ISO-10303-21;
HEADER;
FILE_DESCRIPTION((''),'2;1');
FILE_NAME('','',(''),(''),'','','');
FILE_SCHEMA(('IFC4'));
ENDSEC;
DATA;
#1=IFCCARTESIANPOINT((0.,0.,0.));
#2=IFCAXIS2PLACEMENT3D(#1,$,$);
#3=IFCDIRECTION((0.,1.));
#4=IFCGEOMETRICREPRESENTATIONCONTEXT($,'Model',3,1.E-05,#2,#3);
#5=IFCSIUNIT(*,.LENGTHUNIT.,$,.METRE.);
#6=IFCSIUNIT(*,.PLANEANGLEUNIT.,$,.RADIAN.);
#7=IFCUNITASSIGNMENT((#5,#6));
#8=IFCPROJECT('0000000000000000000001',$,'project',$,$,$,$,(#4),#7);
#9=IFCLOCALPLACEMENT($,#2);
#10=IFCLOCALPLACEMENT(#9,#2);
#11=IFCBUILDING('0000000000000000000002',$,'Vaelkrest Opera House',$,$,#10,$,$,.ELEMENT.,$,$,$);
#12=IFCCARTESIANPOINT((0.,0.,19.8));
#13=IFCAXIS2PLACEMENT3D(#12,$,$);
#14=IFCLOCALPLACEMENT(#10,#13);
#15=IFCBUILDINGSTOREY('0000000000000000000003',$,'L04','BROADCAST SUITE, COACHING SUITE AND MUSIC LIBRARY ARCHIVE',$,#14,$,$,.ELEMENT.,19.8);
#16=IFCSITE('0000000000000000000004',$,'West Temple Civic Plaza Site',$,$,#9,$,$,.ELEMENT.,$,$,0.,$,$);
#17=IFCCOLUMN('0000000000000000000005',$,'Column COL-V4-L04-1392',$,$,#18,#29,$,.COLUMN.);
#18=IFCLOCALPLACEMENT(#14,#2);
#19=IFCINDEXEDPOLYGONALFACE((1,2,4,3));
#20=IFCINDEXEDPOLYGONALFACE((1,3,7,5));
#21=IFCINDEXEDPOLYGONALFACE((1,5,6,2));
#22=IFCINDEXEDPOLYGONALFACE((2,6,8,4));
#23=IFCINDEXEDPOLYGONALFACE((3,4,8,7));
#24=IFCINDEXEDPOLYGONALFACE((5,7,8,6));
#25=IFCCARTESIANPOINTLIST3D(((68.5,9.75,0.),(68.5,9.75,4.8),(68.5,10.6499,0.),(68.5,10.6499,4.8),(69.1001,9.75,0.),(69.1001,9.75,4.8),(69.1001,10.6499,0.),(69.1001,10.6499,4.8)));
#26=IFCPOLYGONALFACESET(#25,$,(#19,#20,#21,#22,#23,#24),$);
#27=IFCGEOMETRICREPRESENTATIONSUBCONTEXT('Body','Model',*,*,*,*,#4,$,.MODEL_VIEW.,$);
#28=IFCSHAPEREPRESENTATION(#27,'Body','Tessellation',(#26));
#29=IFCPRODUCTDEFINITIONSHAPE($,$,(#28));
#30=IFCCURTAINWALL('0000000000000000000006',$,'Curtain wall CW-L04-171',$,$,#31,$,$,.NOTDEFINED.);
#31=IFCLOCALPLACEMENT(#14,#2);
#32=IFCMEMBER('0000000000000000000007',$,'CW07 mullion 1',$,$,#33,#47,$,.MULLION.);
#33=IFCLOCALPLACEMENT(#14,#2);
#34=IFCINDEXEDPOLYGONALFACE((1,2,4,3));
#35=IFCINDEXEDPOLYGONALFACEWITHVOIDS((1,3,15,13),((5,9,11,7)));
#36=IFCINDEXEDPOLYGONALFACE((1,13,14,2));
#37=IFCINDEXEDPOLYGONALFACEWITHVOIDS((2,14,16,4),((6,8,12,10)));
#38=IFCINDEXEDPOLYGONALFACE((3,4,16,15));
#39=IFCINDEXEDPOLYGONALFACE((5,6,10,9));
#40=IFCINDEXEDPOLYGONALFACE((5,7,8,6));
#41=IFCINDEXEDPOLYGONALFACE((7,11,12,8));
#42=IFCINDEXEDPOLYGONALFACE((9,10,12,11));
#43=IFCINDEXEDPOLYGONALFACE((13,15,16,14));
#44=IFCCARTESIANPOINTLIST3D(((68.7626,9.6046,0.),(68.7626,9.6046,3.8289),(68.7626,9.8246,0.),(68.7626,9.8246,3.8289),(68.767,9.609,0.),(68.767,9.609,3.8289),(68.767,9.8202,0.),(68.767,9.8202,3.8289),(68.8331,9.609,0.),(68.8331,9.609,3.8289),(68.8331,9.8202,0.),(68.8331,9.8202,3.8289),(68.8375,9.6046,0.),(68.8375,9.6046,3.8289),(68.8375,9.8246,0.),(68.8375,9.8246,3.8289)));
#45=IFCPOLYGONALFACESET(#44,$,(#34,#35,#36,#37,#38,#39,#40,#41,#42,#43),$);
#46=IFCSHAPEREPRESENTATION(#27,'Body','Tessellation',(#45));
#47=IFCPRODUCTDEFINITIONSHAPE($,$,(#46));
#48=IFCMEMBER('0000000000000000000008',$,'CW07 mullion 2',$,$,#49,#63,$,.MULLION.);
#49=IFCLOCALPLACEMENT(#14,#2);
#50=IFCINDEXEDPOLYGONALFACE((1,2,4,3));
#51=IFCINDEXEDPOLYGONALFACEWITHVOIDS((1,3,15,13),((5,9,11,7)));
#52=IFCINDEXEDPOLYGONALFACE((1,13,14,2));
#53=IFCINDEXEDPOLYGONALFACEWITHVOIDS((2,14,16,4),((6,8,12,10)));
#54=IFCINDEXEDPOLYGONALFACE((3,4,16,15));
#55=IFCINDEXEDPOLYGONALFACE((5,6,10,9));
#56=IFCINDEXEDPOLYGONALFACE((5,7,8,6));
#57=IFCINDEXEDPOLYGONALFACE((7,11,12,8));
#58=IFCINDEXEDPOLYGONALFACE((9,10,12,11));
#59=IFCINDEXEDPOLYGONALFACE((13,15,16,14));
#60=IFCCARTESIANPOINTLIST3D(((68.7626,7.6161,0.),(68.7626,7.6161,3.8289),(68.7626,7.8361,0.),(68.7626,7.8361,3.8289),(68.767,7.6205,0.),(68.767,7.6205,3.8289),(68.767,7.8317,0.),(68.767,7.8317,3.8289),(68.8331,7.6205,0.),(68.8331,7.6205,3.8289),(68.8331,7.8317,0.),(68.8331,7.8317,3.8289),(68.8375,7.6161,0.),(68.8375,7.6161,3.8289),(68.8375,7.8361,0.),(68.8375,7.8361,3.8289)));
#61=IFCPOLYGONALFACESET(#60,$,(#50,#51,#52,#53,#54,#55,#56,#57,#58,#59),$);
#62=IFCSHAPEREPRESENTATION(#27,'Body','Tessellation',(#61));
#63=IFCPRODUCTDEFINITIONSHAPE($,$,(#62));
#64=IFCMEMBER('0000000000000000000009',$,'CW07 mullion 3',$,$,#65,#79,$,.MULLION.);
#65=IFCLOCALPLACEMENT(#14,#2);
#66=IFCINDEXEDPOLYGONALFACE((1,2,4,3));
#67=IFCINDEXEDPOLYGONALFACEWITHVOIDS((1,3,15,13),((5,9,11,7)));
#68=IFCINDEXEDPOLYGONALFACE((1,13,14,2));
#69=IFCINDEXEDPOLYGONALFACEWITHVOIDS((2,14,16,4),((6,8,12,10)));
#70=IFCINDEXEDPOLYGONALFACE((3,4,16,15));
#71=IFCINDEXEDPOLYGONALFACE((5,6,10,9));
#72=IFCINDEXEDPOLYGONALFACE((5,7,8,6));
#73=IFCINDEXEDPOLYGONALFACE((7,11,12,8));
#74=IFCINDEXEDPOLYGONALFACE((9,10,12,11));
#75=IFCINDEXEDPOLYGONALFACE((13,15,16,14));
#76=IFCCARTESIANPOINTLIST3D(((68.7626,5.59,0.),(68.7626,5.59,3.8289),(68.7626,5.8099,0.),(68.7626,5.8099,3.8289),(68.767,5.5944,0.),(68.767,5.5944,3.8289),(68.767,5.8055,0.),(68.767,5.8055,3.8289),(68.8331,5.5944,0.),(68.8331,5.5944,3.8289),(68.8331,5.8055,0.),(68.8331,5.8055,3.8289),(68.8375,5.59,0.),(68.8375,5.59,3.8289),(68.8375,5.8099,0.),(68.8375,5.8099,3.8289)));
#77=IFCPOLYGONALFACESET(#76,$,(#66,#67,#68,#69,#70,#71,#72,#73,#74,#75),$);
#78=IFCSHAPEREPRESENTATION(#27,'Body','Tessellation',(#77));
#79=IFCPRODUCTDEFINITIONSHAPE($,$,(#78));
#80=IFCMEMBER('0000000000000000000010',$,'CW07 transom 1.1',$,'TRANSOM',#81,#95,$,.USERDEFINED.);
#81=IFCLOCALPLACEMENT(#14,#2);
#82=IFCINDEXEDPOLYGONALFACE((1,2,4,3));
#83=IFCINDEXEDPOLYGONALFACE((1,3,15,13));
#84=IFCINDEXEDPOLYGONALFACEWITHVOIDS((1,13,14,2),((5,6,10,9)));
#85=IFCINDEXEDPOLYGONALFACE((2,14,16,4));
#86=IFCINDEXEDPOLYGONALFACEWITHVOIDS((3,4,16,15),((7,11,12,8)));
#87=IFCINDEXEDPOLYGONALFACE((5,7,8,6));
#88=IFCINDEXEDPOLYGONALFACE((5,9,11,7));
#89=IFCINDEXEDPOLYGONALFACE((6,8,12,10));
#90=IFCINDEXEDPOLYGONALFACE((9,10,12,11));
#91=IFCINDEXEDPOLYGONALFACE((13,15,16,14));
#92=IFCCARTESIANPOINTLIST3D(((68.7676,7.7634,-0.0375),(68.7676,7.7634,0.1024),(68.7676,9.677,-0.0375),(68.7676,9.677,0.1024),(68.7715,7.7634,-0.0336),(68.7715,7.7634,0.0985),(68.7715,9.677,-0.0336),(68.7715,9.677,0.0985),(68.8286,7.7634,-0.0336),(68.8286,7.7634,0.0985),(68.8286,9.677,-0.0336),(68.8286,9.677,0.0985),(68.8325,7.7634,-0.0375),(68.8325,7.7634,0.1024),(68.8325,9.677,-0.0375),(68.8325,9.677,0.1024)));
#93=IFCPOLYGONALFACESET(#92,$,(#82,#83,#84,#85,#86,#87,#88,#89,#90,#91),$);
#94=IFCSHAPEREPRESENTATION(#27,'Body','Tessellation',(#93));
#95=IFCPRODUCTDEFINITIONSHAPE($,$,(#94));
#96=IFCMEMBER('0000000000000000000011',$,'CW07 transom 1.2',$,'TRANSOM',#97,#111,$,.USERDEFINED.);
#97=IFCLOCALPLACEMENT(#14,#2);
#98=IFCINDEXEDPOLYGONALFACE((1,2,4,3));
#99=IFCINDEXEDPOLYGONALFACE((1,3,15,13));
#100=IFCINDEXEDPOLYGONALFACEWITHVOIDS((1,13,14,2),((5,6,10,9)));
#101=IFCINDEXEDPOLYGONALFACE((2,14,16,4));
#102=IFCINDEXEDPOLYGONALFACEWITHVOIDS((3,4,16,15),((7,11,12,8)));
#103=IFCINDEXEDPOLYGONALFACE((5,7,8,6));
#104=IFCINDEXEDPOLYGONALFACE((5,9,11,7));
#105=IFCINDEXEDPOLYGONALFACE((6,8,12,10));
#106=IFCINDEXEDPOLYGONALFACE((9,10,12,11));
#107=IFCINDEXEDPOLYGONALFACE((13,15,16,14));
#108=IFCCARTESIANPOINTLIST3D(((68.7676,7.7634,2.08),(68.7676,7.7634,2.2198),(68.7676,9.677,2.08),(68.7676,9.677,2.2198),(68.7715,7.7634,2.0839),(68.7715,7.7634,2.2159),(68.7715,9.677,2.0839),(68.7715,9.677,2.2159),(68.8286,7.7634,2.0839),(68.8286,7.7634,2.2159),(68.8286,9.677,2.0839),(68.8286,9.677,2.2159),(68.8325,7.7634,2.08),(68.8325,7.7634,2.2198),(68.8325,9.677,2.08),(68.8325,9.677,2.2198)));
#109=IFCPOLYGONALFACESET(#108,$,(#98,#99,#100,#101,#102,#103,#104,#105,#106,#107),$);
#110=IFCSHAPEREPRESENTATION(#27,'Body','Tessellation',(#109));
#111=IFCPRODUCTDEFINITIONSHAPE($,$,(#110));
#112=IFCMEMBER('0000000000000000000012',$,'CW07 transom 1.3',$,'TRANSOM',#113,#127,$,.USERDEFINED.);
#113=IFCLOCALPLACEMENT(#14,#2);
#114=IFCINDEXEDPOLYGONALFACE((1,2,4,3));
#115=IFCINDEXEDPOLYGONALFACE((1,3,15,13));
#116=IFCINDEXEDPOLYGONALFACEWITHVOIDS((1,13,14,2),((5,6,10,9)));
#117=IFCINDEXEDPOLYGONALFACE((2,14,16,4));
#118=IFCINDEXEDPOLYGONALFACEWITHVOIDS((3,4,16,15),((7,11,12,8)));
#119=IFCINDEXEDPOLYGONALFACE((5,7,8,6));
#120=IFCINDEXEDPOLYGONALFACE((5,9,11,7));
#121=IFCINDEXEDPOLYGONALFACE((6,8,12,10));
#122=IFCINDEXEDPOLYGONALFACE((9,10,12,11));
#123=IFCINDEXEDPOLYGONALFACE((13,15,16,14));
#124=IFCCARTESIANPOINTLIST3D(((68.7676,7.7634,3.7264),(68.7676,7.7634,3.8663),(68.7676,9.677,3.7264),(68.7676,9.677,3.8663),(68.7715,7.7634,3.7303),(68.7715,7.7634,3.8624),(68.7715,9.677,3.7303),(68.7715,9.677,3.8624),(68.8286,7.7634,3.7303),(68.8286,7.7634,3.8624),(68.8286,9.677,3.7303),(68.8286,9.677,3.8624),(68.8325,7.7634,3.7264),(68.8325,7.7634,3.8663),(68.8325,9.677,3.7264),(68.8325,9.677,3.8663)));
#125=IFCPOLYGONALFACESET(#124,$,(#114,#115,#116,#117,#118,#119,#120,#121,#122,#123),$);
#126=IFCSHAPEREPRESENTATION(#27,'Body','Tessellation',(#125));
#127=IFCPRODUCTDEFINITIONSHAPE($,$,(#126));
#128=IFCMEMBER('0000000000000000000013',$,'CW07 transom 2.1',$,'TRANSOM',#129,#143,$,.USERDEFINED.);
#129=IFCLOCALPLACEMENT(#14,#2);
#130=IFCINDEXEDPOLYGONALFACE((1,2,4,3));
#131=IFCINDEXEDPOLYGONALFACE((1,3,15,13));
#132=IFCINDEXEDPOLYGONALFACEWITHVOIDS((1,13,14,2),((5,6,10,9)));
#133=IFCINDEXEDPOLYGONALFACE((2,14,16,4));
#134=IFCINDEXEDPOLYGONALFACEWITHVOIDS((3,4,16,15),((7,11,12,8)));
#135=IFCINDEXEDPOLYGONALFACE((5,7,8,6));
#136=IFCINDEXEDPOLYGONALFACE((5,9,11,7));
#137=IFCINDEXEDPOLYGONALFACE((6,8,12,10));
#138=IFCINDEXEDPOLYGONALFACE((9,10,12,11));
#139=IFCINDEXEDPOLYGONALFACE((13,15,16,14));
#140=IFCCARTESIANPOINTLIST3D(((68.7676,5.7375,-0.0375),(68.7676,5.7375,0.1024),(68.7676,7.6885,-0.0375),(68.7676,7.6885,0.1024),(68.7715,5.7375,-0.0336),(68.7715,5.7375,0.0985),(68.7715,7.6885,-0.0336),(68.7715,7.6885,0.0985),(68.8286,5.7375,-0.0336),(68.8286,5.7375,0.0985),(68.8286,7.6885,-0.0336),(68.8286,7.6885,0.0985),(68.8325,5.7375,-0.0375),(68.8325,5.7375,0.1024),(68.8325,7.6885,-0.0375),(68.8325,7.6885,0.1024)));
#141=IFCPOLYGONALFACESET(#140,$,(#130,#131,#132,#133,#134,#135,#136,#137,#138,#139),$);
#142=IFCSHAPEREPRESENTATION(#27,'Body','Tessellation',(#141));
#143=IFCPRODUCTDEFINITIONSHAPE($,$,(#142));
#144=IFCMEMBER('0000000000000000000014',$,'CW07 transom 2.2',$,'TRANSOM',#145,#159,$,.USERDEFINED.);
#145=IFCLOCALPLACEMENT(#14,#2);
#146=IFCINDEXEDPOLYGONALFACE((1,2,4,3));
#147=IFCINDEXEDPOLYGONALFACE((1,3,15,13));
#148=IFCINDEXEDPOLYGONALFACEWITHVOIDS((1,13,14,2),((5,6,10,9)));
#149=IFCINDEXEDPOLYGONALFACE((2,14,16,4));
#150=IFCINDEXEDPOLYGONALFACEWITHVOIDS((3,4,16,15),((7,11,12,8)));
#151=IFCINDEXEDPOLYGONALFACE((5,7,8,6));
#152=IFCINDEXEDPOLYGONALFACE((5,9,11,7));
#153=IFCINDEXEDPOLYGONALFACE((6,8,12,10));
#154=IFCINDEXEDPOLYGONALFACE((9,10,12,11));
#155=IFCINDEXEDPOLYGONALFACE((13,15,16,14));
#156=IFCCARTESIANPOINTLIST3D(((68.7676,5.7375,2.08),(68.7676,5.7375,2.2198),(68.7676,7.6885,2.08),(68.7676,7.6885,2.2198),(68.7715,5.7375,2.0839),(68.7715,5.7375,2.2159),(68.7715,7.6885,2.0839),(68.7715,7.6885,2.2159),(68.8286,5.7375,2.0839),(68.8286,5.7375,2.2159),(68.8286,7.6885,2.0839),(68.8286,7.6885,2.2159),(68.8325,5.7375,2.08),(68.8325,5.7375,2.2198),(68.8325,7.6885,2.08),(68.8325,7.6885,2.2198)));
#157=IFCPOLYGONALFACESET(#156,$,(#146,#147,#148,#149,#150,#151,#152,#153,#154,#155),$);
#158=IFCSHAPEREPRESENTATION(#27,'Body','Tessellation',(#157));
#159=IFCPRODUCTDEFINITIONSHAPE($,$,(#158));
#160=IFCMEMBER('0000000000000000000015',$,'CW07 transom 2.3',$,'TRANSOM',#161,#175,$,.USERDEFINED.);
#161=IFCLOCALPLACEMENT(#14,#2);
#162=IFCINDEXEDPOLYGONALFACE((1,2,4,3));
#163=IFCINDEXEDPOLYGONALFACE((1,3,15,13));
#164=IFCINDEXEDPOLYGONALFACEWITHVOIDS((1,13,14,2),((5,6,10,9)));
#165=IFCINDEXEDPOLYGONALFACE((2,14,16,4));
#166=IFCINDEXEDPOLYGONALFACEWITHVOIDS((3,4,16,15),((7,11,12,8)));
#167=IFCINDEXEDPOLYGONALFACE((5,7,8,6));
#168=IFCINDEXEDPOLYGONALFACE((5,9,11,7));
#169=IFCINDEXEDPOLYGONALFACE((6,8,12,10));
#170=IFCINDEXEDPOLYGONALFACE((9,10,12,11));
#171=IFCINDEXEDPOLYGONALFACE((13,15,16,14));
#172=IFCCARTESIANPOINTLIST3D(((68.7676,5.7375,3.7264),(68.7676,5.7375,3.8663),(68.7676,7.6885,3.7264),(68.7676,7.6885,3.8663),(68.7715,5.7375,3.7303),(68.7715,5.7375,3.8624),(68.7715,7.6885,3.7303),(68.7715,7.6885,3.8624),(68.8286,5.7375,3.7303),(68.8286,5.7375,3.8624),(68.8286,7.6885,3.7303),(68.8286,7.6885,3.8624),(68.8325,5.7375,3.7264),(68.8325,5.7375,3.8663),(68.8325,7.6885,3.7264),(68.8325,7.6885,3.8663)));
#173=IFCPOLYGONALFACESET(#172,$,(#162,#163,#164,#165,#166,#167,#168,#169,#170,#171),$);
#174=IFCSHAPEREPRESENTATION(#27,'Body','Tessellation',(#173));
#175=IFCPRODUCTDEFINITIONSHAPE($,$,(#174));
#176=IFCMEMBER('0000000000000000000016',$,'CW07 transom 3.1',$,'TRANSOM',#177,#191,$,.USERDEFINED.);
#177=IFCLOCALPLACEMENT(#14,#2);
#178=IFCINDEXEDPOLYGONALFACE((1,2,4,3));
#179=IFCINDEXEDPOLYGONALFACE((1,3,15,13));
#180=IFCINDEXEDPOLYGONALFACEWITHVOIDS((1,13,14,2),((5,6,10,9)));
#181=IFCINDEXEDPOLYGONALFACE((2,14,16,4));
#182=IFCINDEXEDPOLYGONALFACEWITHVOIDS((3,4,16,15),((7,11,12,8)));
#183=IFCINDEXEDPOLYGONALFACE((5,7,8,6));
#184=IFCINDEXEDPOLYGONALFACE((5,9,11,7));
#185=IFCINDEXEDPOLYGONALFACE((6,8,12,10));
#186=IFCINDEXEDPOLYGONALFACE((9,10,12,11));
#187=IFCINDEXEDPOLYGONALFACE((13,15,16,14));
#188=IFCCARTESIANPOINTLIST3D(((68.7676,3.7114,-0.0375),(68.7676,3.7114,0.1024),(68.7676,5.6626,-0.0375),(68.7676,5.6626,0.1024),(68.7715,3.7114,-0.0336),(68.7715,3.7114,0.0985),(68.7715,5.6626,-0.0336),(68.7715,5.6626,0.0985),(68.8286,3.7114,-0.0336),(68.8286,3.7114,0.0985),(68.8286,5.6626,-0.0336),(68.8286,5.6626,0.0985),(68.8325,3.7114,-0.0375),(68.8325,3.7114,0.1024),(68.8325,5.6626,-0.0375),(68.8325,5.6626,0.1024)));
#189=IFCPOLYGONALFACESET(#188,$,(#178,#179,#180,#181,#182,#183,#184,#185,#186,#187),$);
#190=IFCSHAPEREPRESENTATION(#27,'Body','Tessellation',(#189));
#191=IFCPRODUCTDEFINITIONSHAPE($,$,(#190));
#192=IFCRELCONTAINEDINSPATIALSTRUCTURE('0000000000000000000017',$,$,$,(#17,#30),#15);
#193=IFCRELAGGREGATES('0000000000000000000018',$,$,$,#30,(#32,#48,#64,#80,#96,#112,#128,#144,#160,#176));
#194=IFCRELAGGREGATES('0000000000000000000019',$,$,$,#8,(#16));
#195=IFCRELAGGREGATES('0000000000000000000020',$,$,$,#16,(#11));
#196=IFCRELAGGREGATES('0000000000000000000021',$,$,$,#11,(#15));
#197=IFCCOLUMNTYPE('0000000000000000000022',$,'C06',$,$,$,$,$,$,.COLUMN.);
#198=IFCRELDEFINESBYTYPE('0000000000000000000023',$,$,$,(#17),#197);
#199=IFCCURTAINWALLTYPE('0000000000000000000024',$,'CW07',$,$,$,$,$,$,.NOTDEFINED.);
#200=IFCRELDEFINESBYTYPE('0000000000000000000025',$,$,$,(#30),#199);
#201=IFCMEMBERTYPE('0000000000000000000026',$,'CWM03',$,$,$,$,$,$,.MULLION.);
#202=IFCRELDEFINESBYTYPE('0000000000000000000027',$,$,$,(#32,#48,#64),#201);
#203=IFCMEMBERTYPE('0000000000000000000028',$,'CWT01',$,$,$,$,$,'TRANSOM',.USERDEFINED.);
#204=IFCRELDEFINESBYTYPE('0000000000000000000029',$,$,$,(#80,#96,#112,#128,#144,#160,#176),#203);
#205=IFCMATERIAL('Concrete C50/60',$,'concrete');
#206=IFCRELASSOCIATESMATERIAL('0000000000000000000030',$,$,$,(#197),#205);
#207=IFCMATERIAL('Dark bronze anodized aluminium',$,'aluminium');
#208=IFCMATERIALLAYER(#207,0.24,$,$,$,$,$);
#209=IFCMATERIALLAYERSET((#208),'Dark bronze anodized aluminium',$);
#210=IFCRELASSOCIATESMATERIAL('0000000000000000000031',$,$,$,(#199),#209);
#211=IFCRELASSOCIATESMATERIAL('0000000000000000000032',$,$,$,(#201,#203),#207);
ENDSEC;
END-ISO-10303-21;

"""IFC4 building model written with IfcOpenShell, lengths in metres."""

from ifc_helpers import new_model, si_unit, direction, frame, origin, origin_2d, place, context, subcontext, project, spatial, rectangle, hollow_rectangle, extrude, material, layer, layer_set, material_profile, profile_set, type_object, element, aggregate, save


model = new_model("IFC4")

# Units and contexts
model_context = context("Model", 3, precision=1e-05, world=origin(), true_north=direction((0.0, 1.0)))
body_context = subcontext(model_context, "Body", "Model", "MODEL_VIEW")
ifc_project = project(units=[si_unit("LENGTHUNIT", "METRE"), si_unit("PLANEANGLEUNIT", "RADIAN")], contexts=[model_context])

# Site, building, storey
site_placement = place(None, origin())
site = spatial("IfcSite", under=ifc_project, at=site_placement, Name="West Temple Civic Plaza Site", CompositionType="ELEMENT", RefElevation=0.0)
building_placement = place(site_placement, origin())
building = spatial("IfcBuilding", under=site, at=building_placement, Name="Vaelkrest Opera House", CompositionType="ELEMENT")
storey_placement = place(building_placement, frame((0.0, 0.0, 19.8)))
storey = spatial("IfcBuildingStorey", under=building, at=storey_placement, Name="L04", Description="BROADCAST SUITE, COACHING SUITE AND MUSIC LIBRARY ARCHIVE", CompositionType="ELEMENT", Elevation=19.8)

# Column
ifc_material_1 = material(Name="Concrete C50/60", Category="concrete")
ifc_material_profile_1 = material_profile(ifc_material_1, rectangle(XDim=0.6001, YDim=0.8999, at=origin_2d()), Name="RC600X900")
ifc_profile_set_1 = profile_set([ifc_material_profile_1], Name="Concrete C50/60")
column_type = type_object("IfcColumnType", Name="C06", PredefinedType="COLUMN", material=ifc_profile_set_1)
column_placement = place(storey_placement, frame((68.8, 10.2, 0.0), z_axis=(0.0, 0.0, 1.0), x_axis=(1.0, 0.0, 0.0)))
element("IfcColumn", 1, at=column_placement, inside=storey, type_object=column_type, Name="Column COL-V4-L04-1392", PredefinedType="COLUMN", context=body_context, shape_type="SweptSolid", body=[
    extrude(rectangle(XDim=0.6001, YDim=0.8999, at=origin_2d()), origin(), (0.0, 0.0, 1.0), 4.8),
])

# Curtain wall, members
ifc_material_2 = material(Name="Dark bronze anodized aluminium", Category="aluminium")
ifc_layer_1 = layer(ifc_material_2, 0.24)
ifc_layer_set_1 = layer_set([ifc_layer_1], Name="Dark bronze anodized aluminium")
curtain_wall_type = type_object("IfcCurtainWallType", Name="CW07", PredefinedType="NOTDEFINED", material=ifc_layer_set_1)
curtain_wall_placement = place(storey_placement, origin())
curtain_wall = element("IfcCurtainWall", 2, at=curtain_wall_placement, inside=storey, type_object=curtain_wall_type, Name="Curtain wall CW-L04-171", PredefinedType="NOTDEFINED")
ifc_material_profile_2 = material_profile(ifc_material_2, hollow_rectangle(XDim=0.075, YDim=0.22, WallThickness=0.0044, at=origin_2d()), Name="CWM75X220")
ifc_profile_set_2 = profile_set([ifc_material_profile_2], Name="Dark bronze anodized aluminium")
member_type_1 = type_object("IfcMemberType", Name="CWM03", PredefinedType="MULLION", material=ifc_profile_set_2)
member_1_placement = place(storey_placement, frame((68.8, 9.7146, 0.0), z_axis=(0.0, 0.0, 1.0), x_axis=(1.0, 0.0, 0.0)))
member_1 = element("IfcMember", 3, at=member_1_placement, type_object=member_type_1, Name="CW07 mullion 1", PredefinedType="MULLION", context=body_context, shape_type="SweptSolid", body=[
    extrude(hollow_rectangle(XDim=0.075, YDim=0.22, WallThickness=0.0044, at=origin_2d()), origin(), (0.0, 0.0, 1.0), 3.8289),
])
member_2_placement = place(storey_placement, frame((68.8, 7.7261, 0.0), z_axis=(0.0, 0.0, 1.0), x_axis=(1.0, 0.0, 0.0)))
member_2 = element("IfcMember", 4, at=member_2_placement, type_object=member_type_1, Name="CW07 mullion 2", PredefinedType="MULLION", context=body_context, shape_type="SweptSolid", body=[
    extrude(hollow_rectangle(XDim=0.075, YDim=0.22, WallThickness=0.0044, at=origin_2d()), origin(), (0.0, 0.0, 1.0), 3.8289),
])
member_3_placement = place(storey_placement, frame((68.8, 5.7, 0.0), z_axis=(0.0, 0.0, 1.0), x_axis=(1.0, 0.0, 0.0)))
member_3 = element("IfcMember", 5, at=member_3_placement, type_object=member_type_1, Name="CW07 mullion 3", PredefinedType="MULLION", context=body_context, shape_type="SweptSolid", body=[
    extrude(hollow_rectangle(XDim=0.075, YDim=0.22, WallThickness=0.0044, at=origin_2d()), origin(), (0.0, 0.0, 1.0), 3.8289),
])
ifc_material_profile_3 = material_profile(ifc_material_2, hollow_rectangle(XDim=0.0649, YDim=0.1399, WallThickness=0.0039, at=origin_2d()), Name="CWT65X140")
ifc_profile_set_3 = profile_set([ifc_material_profile_3], Name="Dark bronze anodized aluminium")
member_type_2 = type_object("IfcMemberType", Name="CWT01", ElementType="TRANSOM", PredefinedType="USERDEFINED", material=ifc_profile_set_3)
member_4_placement = place(storey_placement, frame((68.8, 9.677, 0.0325), z_axis=(0.0, -1.0, 0.0), x_axis=(1.0, 0.0, 0.0)))
member_4 = element("IfcMember", 6, at=member_4_placement, type_object=member_type_2, Name="CW07 transom 1.1", ObjectType="TRANSOM", PredefinedType="USERDEFINED", context=body_context, shape_type="SweptSolid", body=[
    extrude(hollow_rectangle(XDim=0.0649, YDim=0.1399, WallThickness=0.0039, at=origin_2d()), origin(), (0.0, 0.0, 1.0), 1.9136),
])
member_5_placement = place(storey_placement, frame((68.8, 9.677, 2.1499), z_axis=(0.0, -1.0, 0.0), x_axis=(1.0, 0.0, 0.0)))
member_5 = element("IfcMember", 7, at=member_5_placement, type_object=member_type_2, Name="CW07 transom 1.2", ObjectType="TRANSOM", PredefinedType="USERDEFINED", context=body_context, shape_type="SweptSolid", body=[
    extrude(hollow_rectangle(XDim=0.0649, YDim=0.1399, WallThickness=0.0039, at=origin_2d()), origin(), (0.0, 0.0, 1.0), 1.9136),
])
member_6_placement = place(storey_placement, frame((68.8, 9.677, 3.7964), z_axis=(0.0, -1.0, 0.0), x_axis=(1.0, 0.0, 0.0)))
member_6 = element("IfcMember", 8, at=member_6_placement, type_object=member_type_2, Name="CW07 transom 1.3", ObjectType="TRANSOM", PredefinedType="USERDEFINED", context=body_context, shape_type="SweptSolid", body=[
    extrude(hollow_rectangle(XDim=0.0649, YDim=0.1399, WallThickness=0.0039, at=origin_2d()), origin(), (0.0, 0.0, 1.0), 1.9136),
])
member_7_placement = place(storey_placement, frame((68.8, 7.6885, 0.0325), z_axis=(0.0, -1.0, 0.0), x_axis=(1.0, 0.0, 0.0)))
member_7 = element("IfcMember", 9, at=member_7_placement, type_object=member_type_2, Name="CW07 transom 2.1", ObjectType="TRANSOM", PredefinedType="USERDEFINED", context=body_context, shape_type="SweptSolid", body=[
    extrude(hollow_rectangle(XDim=0.0649, YDim=0.1399, WallThickness=0.0039, at=origin_2d()), origin(), (0.0, 0.0, 1.0), 1.9509),
])
member_8_placement = place(storey_placement, frame((68.8, 7.6885, 2.1499), z_axis=(0.0, -1.0, 0.0), x_axis=(1.0, 0.0, 0.0)))
member_8 = element("IfcMember", 10, at=member_8_placement, type_object=member_type_2, Name="CW07 transom 2.2", ObjectType="TRANSOM", PredefinedType="USERDEFINED", context=body_context, shape_type="SweptSolid", body=[
    extrude(hollow_rectangle(XDim=0.0649, YDim=0.1399, WallThickness=0.0039, at=origin_2d()), origin(), (0.0, 0.0, 1.0), 1.9509),
])
member_9_placement = place(storey_placement, frame((68.8, 7.6885, 3.7964), z_axis=(0.0, -1.0, 0.0), x_axis=(1.0, 0.0, 0.0)))
member_9 = element("IfcMember", 11, at=member_9_placement, type_object=member_type_2, Name="CW07 transom 2.3", ObjectType="TRANSOM", PredefinedType="USERDEFINED", context=body_context, shape_type="SweptSolid", body=[
    extrude(hollow_rectangle(XDim=0.0649, YDim=0.1399, WallThickness=0.0039, at=origin_2d()), origin(), (0.0, 0.0, 1.0), 1.9509),
])
member_10_placement = place(storey_placement, frame((68.8, 5.6626, 0.0325), z_axis=(0.0, -1.0, 0.0), x_axis=(1.0, 0.0, 0.0)))
member_10 = element("IfcMember", 12, at=member_10_placement, type_object=member_type_2, Name="CW07 transom 3.1", ObjectType="TRANSOM", PredefinedType="USERDEFINED", context=body_context, shape_type="SweptSolid", body=[
    extrude(hollow_rectangle(XDim=0.0649, YDim=0.1399, WallThickness=0.0039, at=origin_2d()), origin(), (0.0, 0.0, 1.0), 1.9512),
])

aggregate(curtain_wall, [member_1, member_2, member_3, member_4, member_5, member_6, member_7, member_8, member_9, member_10])

save(model, "model.ifc")
